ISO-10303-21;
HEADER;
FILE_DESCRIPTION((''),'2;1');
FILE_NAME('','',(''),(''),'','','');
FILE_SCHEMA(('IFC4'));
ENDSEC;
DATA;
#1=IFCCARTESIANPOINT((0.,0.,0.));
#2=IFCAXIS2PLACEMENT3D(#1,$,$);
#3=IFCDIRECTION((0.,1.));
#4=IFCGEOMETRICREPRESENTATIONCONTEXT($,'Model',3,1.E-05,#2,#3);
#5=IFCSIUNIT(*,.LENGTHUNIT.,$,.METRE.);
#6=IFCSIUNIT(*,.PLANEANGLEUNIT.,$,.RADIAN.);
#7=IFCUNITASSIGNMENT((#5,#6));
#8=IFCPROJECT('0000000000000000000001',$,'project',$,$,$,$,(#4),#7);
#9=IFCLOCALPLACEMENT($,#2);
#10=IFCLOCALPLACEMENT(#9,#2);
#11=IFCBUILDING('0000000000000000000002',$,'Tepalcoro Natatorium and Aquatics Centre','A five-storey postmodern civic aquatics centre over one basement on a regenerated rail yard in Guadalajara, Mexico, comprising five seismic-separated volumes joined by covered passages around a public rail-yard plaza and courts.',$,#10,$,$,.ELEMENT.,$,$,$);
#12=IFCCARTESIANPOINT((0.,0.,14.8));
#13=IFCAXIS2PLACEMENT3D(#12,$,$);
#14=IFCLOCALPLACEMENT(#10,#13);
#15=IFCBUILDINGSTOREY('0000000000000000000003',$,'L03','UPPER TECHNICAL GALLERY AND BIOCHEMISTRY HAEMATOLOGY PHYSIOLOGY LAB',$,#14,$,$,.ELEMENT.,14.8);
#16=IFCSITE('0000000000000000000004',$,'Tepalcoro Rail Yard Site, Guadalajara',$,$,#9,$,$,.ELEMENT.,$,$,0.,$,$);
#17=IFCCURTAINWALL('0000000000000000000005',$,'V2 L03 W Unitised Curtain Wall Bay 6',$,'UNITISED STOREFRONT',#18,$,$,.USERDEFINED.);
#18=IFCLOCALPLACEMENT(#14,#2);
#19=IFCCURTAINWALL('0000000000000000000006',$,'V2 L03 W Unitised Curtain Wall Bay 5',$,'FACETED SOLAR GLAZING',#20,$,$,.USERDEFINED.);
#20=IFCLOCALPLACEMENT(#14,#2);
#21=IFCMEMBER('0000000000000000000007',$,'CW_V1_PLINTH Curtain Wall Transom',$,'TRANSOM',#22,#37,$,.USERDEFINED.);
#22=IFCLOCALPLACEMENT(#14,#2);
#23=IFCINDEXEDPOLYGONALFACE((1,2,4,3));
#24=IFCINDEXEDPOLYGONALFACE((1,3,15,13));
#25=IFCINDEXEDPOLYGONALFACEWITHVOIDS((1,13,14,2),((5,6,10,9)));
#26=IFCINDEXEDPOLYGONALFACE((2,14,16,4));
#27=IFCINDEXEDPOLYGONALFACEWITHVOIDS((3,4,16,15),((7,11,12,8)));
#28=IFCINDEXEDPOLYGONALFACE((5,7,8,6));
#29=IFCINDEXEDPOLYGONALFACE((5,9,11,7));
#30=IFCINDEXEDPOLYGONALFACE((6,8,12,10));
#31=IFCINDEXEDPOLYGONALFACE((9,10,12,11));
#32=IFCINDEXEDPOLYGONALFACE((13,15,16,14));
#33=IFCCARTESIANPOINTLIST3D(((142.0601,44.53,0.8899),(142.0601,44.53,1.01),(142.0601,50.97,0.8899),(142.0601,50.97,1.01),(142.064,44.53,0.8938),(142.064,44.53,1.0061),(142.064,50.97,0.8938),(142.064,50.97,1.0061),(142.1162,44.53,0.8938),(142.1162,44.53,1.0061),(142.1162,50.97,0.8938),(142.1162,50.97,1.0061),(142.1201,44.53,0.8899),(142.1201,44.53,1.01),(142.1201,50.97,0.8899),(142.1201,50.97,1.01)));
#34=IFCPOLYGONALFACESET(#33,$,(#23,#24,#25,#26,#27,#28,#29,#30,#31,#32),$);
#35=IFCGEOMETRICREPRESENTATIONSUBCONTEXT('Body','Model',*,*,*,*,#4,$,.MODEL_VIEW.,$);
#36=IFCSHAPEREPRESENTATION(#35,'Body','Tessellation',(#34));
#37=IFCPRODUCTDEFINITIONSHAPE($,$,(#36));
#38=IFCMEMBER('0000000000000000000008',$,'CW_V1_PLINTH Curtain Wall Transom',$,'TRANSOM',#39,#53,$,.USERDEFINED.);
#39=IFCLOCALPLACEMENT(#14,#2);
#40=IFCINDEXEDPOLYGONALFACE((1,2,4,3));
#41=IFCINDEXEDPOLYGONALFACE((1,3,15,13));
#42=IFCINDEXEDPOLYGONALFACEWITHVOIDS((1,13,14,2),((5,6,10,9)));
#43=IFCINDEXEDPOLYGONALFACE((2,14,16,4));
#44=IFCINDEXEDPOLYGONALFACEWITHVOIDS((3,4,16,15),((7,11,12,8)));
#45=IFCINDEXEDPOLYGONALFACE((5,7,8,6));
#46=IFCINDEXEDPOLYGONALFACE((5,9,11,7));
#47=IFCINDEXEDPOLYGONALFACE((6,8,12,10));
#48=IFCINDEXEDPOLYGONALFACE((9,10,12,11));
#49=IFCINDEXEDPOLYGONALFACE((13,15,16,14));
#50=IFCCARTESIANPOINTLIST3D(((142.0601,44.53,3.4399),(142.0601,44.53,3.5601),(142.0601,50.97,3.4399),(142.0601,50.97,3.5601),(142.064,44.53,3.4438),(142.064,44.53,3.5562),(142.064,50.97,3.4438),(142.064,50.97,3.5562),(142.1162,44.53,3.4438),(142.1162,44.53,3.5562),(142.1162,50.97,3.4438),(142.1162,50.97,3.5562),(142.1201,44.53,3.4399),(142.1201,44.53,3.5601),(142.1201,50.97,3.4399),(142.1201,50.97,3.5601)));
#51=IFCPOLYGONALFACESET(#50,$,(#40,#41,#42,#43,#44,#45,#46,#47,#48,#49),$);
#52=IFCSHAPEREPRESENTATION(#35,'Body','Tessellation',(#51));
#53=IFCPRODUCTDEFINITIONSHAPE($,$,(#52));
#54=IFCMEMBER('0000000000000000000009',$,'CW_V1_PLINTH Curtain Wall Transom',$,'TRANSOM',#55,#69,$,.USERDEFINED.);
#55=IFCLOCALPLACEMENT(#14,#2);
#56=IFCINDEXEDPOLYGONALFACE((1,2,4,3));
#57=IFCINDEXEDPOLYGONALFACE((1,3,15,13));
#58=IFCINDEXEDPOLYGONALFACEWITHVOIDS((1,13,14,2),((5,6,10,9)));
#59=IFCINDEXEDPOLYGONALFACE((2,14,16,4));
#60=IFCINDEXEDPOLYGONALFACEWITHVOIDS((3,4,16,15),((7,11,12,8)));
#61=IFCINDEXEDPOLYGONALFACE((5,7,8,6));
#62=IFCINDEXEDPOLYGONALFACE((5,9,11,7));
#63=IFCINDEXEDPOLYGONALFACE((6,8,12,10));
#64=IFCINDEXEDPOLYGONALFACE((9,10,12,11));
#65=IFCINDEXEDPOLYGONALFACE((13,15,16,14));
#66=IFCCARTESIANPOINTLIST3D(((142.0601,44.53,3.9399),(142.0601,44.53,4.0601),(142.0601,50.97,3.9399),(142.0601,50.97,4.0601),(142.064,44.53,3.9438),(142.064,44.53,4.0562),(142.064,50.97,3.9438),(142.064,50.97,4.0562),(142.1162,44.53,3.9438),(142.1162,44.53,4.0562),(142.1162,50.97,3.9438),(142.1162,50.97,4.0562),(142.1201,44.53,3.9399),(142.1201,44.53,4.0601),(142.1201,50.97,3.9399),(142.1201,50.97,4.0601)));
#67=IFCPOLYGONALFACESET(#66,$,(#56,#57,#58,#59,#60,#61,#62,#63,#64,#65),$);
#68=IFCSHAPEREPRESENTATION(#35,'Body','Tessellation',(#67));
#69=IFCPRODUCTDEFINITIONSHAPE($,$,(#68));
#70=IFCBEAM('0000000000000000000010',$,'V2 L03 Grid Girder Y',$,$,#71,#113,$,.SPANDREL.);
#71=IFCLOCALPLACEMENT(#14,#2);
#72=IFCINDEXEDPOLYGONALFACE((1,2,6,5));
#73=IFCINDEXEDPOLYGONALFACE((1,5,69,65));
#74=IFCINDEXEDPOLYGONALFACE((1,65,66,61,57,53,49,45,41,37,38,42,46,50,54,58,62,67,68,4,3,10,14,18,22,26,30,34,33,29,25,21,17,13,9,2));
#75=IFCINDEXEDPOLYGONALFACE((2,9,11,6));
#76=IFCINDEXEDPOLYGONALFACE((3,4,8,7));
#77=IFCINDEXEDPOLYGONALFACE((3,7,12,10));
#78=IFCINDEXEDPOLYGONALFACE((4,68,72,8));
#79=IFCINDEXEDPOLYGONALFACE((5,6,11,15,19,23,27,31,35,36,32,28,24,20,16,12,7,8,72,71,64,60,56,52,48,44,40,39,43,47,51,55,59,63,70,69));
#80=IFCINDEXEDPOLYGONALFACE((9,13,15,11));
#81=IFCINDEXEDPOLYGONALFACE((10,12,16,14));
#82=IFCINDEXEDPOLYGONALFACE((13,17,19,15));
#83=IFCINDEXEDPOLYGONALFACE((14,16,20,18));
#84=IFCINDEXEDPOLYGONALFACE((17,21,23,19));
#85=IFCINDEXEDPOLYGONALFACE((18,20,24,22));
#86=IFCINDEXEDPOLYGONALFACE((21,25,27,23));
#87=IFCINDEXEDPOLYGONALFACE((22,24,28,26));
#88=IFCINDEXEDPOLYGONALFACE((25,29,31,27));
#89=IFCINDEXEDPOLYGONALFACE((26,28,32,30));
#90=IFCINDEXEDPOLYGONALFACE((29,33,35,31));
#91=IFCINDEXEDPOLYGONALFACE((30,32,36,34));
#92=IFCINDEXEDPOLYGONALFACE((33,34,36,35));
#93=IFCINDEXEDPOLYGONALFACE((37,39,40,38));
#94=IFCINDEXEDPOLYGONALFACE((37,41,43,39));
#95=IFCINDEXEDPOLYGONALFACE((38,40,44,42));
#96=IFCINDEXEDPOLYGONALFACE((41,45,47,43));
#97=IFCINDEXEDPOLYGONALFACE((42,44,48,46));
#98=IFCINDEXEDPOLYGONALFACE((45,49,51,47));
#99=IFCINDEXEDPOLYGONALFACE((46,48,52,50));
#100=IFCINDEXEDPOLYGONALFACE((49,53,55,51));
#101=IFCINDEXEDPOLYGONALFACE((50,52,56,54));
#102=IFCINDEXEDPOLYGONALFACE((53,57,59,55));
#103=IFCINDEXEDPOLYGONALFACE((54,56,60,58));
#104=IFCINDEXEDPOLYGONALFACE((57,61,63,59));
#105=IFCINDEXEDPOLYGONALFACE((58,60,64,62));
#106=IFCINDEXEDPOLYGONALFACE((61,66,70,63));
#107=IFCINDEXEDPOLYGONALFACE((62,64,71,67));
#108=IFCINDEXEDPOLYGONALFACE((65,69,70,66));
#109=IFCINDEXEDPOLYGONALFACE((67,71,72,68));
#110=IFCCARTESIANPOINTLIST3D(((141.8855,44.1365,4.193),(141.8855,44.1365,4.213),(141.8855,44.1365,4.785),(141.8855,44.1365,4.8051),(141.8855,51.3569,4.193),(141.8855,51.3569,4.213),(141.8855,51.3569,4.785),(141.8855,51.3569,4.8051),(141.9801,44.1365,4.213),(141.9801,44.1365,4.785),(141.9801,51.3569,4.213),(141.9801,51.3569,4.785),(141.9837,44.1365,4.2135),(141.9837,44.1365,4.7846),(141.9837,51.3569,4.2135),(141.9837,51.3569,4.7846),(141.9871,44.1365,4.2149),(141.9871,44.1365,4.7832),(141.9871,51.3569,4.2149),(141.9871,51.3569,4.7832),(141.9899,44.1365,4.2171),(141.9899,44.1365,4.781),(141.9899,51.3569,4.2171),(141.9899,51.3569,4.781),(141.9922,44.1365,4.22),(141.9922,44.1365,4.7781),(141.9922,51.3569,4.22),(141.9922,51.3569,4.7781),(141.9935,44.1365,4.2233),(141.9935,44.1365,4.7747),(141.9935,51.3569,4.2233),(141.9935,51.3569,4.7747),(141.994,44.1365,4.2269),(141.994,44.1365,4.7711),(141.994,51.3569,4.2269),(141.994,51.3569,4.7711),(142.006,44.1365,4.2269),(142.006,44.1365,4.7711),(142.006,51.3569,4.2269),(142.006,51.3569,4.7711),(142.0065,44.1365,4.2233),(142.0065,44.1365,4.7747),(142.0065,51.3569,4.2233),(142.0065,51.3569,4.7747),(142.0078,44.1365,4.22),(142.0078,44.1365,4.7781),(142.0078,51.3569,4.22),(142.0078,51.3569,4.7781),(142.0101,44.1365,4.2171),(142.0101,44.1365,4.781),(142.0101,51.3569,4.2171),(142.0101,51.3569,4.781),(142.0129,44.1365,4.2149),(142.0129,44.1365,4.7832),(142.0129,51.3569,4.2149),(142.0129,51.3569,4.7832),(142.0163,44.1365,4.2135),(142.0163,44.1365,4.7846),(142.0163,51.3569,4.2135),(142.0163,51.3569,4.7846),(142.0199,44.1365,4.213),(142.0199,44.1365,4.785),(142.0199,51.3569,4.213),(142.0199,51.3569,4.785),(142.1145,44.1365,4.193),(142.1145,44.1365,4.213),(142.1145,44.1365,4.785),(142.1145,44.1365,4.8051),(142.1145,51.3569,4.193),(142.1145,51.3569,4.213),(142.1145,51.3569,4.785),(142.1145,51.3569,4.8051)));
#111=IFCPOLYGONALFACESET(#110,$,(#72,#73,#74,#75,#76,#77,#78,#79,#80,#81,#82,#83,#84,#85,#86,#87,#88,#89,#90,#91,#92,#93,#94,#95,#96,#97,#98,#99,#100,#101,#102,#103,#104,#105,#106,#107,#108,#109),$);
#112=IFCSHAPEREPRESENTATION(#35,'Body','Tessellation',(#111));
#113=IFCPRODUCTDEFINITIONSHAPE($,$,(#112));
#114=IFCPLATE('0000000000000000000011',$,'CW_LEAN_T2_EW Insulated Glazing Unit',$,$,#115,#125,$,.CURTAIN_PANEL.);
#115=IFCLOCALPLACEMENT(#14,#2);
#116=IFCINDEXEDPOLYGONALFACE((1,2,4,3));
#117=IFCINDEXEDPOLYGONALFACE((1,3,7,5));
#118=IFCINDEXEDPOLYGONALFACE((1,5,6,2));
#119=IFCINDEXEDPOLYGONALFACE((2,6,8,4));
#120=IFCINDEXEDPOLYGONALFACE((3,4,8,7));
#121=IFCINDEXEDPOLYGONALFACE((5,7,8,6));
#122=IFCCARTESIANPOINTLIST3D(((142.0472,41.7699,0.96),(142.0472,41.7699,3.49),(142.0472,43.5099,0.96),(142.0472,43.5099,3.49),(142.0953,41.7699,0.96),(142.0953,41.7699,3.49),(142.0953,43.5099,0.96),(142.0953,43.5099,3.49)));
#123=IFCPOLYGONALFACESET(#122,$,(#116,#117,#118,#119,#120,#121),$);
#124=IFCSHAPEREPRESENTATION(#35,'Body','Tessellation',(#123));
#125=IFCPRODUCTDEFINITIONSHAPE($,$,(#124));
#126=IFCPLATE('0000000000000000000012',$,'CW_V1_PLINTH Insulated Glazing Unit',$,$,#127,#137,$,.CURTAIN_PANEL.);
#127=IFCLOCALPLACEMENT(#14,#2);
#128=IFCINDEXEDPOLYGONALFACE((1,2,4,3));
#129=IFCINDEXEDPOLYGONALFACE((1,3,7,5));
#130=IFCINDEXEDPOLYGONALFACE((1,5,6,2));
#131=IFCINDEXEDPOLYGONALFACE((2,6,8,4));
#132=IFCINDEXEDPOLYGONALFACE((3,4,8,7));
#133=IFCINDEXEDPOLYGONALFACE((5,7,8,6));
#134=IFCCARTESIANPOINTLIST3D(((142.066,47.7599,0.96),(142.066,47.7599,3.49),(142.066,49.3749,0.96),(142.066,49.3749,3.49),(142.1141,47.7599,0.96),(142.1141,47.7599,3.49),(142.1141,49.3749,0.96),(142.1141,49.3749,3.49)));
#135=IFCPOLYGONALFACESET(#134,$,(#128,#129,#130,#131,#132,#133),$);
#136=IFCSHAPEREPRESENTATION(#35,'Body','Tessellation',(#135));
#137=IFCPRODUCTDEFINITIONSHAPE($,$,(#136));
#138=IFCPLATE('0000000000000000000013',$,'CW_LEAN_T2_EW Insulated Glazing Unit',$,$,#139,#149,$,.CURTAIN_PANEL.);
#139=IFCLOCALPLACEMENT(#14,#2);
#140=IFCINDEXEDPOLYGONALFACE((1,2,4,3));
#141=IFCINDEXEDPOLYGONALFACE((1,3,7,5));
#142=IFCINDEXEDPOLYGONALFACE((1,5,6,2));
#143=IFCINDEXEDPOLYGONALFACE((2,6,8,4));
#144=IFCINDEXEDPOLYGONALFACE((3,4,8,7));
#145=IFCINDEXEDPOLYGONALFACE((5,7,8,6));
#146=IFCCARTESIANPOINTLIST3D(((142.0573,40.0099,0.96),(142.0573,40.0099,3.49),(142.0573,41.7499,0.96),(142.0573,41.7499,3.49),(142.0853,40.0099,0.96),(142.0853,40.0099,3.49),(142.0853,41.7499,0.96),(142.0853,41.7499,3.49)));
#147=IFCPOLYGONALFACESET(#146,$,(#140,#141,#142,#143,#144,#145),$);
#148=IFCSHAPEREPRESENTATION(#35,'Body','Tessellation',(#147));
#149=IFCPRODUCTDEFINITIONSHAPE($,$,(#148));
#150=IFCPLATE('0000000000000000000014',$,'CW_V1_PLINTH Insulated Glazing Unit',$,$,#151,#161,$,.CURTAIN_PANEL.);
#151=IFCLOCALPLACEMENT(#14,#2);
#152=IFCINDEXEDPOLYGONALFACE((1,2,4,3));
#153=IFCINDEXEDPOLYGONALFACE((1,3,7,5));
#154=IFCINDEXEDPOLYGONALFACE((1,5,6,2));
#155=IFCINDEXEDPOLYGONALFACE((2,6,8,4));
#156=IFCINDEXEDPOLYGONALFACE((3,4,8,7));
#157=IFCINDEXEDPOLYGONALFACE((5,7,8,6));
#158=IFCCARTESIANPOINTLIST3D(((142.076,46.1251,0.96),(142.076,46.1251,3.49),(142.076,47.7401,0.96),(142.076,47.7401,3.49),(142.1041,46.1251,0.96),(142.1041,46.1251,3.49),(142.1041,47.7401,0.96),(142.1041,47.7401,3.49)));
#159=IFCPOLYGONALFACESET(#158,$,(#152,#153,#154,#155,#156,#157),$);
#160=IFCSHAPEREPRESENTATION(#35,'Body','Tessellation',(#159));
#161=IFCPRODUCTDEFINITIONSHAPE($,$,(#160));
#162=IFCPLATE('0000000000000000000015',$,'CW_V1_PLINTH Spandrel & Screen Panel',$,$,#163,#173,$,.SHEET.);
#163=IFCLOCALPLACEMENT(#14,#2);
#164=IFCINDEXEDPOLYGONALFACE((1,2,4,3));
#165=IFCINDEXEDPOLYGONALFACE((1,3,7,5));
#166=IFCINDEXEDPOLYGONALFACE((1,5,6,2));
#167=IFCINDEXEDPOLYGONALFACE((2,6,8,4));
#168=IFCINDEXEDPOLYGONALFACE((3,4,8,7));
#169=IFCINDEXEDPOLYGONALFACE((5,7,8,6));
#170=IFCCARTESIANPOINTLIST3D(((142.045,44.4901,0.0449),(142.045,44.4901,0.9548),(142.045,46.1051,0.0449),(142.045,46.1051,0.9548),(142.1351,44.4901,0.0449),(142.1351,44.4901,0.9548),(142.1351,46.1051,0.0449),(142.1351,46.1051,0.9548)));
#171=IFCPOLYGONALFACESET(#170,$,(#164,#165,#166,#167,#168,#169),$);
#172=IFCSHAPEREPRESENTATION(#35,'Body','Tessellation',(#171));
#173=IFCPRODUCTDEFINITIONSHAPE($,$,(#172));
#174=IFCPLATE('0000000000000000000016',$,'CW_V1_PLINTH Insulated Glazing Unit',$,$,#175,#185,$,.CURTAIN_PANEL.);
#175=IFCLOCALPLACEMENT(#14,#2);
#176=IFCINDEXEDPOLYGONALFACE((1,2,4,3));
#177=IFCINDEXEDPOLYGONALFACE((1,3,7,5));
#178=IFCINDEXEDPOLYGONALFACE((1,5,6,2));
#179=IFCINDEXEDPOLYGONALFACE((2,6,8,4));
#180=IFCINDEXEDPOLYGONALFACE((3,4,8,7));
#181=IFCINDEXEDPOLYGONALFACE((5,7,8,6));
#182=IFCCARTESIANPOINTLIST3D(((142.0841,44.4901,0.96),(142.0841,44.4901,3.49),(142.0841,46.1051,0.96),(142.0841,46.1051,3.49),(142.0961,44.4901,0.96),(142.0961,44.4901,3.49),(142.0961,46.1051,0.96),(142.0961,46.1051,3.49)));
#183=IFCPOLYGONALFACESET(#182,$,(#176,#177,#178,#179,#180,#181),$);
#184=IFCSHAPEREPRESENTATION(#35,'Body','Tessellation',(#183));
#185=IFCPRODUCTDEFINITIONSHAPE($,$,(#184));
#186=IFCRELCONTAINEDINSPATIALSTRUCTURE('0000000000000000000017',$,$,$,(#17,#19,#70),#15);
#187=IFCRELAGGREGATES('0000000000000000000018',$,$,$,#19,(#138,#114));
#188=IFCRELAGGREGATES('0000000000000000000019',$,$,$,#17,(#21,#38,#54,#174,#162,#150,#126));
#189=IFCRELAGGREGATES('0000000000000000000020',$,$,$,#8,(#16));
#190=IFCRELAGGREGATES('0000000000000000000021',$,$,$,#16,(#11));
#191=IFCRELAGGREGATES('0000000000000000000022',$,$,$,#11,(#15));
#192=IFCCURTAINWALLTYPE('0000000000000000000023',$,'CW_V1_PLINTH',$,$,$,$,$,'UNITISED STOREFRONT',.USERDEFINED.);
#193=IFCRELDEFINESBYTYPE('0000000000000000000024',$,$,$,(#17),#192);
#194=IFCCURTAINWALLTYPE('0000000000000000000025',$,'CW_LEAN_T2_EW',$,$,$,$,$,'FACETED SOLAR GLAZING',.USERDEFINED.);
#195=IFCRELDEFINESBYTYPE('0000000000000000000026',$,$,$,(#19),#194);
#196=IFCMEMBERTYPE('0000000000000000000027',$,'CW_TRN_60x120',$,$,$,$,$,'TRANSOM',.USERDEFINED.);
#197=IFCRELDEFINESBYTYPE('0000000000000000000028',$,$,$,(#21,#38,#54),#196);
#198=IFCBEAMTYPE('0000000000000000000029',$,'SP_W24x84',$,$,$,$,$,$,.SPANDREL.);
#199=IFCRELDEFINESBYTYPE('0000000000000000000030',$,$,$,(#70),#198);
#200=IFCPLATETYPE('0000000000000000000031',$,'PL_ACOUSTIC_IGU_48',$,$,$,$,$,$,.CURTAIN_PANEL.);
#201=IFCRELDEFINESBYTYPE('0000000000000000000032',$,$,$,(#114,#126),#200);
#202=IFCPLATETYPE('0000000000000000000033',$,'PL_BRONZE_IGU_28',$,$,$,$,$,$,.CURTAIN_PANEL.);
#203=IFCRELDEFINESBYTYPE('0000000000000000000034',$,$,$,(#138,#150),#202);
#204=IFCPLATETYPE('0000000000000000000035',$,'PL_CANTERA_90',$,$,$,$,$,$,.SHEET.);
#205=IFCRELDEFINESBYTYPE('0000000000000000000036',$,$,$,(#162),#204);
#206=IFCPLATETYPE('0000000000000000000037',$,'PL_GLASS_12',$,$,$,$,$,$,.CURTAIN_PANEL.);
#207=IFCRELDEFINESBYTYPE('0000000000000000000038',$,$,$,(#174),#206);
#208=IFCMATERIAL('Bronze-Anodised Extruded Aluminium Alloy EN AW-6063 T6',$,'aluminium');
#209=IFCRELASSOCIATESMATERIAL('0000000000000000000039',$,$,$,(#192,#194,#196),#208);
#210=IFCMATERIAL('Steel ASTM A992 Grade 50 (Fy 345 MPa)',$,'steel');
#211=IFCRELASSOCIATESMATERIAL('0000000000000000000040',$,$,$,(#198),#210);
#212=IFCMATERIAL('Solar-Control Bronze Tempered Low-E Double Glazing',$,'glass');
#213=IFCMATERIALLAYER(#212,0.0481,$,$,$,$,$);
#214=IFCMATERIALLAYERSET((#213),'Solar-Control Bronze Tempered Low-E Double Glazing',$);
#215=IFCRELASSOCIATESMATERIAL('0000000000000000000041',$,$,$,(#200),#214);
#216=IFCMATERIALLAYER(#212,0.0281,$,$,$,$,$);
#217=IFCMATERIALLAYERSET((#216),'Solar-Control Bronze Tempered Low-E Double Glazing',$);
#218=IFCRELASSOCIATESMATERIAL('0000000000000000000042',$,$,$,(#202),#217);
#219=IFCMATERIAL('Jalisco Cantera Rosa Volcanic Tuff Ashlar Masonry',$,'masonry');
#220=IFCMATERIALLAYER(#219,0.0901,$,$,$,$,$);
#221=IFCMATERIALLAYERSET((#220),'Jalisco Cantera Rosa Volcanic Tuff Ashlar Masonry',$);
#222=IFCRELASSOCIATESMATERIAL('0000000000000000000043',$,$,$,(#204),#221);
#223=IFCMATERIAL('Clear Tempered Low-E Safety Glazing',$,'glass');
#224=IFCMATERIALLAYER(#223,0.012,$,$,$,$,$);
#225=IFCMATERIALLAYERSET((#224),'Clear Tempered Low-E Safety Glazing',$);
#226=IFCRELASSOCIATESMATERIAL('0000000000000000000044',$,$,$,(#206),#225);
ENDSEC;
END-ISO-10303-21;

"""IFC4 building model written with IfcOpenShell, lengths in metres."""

from ifc_helpers import new_model, si_unit, direction, frame, origin, origin_2d, place, context, subcontext, project, spatial, rectangle, hollow_rectangle, i_section, extrude, material, layer, layer_set, material_profile, profile_set, type_object, element, aggregate, save


model = new_model("IFC4")

# Units and contexts
model_context = context("Model", 3, precision=1e-05, world=origin(), true_north=direction((0.0, 1.0)))
body_context = subcontext(model_context, "Body", "Model", "MODEL_VIEW")
ifc_project = project(units=[si_unit("LENGTHUNIT", "METRE"), si_unit("PLANEANGLEUNIT", "RADIAN")], contexts=[model_context])

# Site, building, storey
site_placement = place(None, origin())
site = spatial("IfcSite", under=ifc_project, at=site_placement, Name="Tepalcoro Rail Yard Site, Guadalajara", CompositionType="ELEMENT", RefElevation=0.0)
building_placement = place(site_placement, origin())
building = spatial("IfcBuilding", under=site, at=building_placement, Name="Tepalcoro Natatorium and Aquatics Centre", Description="A five-storey postmodern civic aquatics centre over one basement on a regenerated rail yard in Guadalajara, Mexico, comprising five seismic-separated volumes joined by covered passages around a public rail-yard plaza and courts.", CompositionType="ELEMENT")
storey_placement = place(building_placement, frame((0.0, 0.0, 14.8)))
storey = spatial("IfcBuildingStorey", under=building, at=storey_placement, Name="L03", Description="UPPER TECHNICAL GALLERY AND BIOCHEMISTRY HAEMATOLOGY PHYSIOLOGY LAB", CompositionType="ELEMENT", Elevation=14.8)

# Shared definitions
ifc_material_1 = material(Name="Steel ASTM A992 Grade 50 (Fy 345 MPa)", Category="steel")

# Curtain walls
ifc_material_2 = material(Name="Bronze-Anodised Extruded Aluminium Alloy EN AW-6063 T6", Category="aluminium")
curtain_wall_type_1 = type_object("IfcCurtainWallType", Name="CW_V1_PLINTH", ElementType="UNITISED STOREFRONT", PredefinedType="USERDEFINED", material=ifc_material_2)
curtain_wall_1_placement = place(storey_placement, origin())
curtain_wall_1 = element("IfcCurtainWall", 1, at=curtain_wall_1_placement, inside=storey, type_object=curtain_wall_type_1, Name="V2 L03 W Unitised Curtain Wall Bay 6", ObjectType="UNITISED STOREFRONT", PredefinedType="USERDEFINED")
curtain_wall_type_2 = type_object("IfcCurtainWallType", Name="CW_LEAN_T2_EW", ElementType="FACETED SOLAR GLAZING", PredefinedType="USERDEFINED", material=ifc_material_2)
curtain_wall_2_placement = place(storey_placement, origin())
curtain_wall_2 = element("IfcCurtainWall", 2, at=curtain_wall_2_placement, inside=storey, type_object=curtain_wall_type_2, Name="V2 L03 W Unitised Curtain Wall Bay 5", ObjectType="FACETED SOLAR GLAZING", PredefinedType="USERDEFINED")

# Members
ifc_material_profile_1 = material_profile(ifc_material_2, hollow_rectangle(XDim=0.0601, YDim=0.1201, WallThickness=0.0039, at=origin_2d()), Name="AL60X120X4")
ifc_profile_set_1 = profile_set([ifc_material_profile_1], Name="Bronze-Anodised Extruded Aluminium Alloy EN AW-6063 T6")
member_type_1 = type_object("IfcMemberType", Name="CW_TRN_60x120", ElementType="TRANSOM", PredefinedType="USERDEFINED", material=ifc_profile_set_1)
member_1_placement = place(storey_placement, frame((142.0901, 44.53, 0.95), z_axis=(0.0, 1.0, 0.0), x_axis=(-1.0, 0.0, 0.0)))
member_1 = element("IfcMember", 3, at=member_1_placement, type_object=member_type_1, Name="CW_V1_PLINTH Curtain Wall Transom", ObjectType="TRANSOM", PredefinedType="USERDEFINED", context=body_context, shape_type="SweptSolid", body=[
    extrude(hollow_rectangle(XDim=0.0601, YDim=0.1201, WallThickness=0.0039, at=origin_2d()), origin(), (0.0, 0.0, 1.0), 6.4399),
])
member_2_placement = place(storey_placement, frame((142.0901, 44.53, 3.5), z_axis=(0.0, 1.0, 0.0), x_axis=(-1.0, 0.0, 0.0)))
member_2 = element("IfcMember", 4, at=member_2_placement, type_object=member_type_1, Name="CW_V1_PLINTH Curtain Wall Transom", ObjectType="TRANSOM", PredefinedType="USERDEFINED", context=body_context, shape_type="SweptSolid", body=[
    extrude(hollow_rectangle(XDim=0.0601, YDim=0.1201, WallThickness=0.0039, at=origin_2d()), origin(), (0.0, 0.0, 1.0), 6.4399),
])
member_3_placement = place(storey_placement, frame((142.0901, 44.53, 4.0), z_axis=(0.0, 1.0, 0.0), x_axis=(-1.0, 0.0, 0.0)))
member_3 = element("IfcMember", 5, at=member_3_placement, type_object=member_type_1, Name="CW_V1_PLINTH Curtain Wall Transom", ObjectType="TRANSOM", PredefinedType="USERDEFINED", context=body_context, shape_type="SweptSolid", body=[
    extrude(hollow_rectangle(XDim=0.0601, YDim=0.1201, WallThickness=0.0039, at=origin_2d()), origin(), (0.0, 0.0, 1.0), 6.4399),
])

# Beam
ifc_material_profile_2 = material_profile(ifc_material_1, i_section(OverallWidth=0.229, OverallDepth=0.6121, WebThickness=0.012, FlangeThickness=0.02, FilletRadius=0.0139, at=origin_2d()), Name="W24X84")
ifc_profile_set_2 = profile_set([ifc_material_profile_2], Name="Steel ASTM A992 Grade 50 (Fy 345 MPa)")
beam_type = type_object("IfcBeamType", Name="SP_W24x84", PredefinedType="SPANDREL", material=ifc_profile_set_2)
beam_placement = place(storey_placement, frame((142.0, 44.1365, 4.499), z_axis=(0.0, 1.0, 0.0), x_axis=(-1.0, 0.0, 0.0)))
element("IfcBeam", 6, at=beam_placement, inside=storey, type_object=beam_type, Name="V2 L03 Grid Girder Y", PredefinedType="SPANDREL", context=body_context, shape_type="SweptSolid", body=[
    extrude(i_section(OverallWidth=0.229, OverallDepth=0.6121, WebThickness=0.012, FlangeThickness=0.02, FilletRadius=0.0139, at=origin_2d()), origin(), (0.0, 0.0, 1.0), 7.2205),
])

# Plates
ifc_material_3 = material(Name="Solar-Control Bronze Tempered Low-E Double Glazing", Category="glass")
ifc_layer_1 = layer(ifc_material_3, 0.0481)
ifc_layer_set_1 = layer_set([ifc_layer_1], Name="Solar-Control Bronze Tempered Low-E Double Glazing")
plate_type_1 = type_object("IfcPlateType", Name="PL_ACOUSTIC_IGU_48", PredefinedType="CURTAIN_PANEL", material=ifc_layer_set_1)
plate_1_placement = place(storey_placement, frame((142.0713, 42.6399, 0.96), z_axis=(0.0, 0.0, 1.0), x_axis=(1.0, 0.0, 0.0)))
plate_1 = element("IfcPlate", 7, at=plate_1_placement, type_object=plate_type_1, Name="CW_LEAN_T2_EW Insulated Glazing Unit", PredefinedType="CURTAIN_PANEL", context=body_context, shape_type="SweptSolid", body=[
    extrude(rectangle(XDim=0.0481, YDim=1.74, at=origin_2d()), origin(), (0.0, 0.0, 1.0), 2.53),
])
plate_2_placement = place(storey_placement, frame((142.0901, 48.5674, 0.96), z_axis=(0.0, 0.0, 1.0), x_axis=(1.0, 0.0, 0.0)))
plate_2 = element("IfcPlate", 8, at=plate_2_placement, type_object=plate_type_1, Name="CW_V1_PLINTH Insulated Glazing Unit", PredefinedType="CURTAIN_PANEL", context=body_context, shape_type="SweptSolid", body=[
    extrude(rectangle(XDim=0.0481, YDim=1.615, at=origin_2d()), origin(), (0.0, 0.0, 1.0), 2.53),
])
ifc_layer_2 = layer(ifc_material_3, 0.0281)
ifc_layer_set_2 = layer_set([ifc_layer_2], Name="Solar-Control Bronze Tempered Low-E Double Glazing")
plate_type_2 = type_object("IfcPlateType", Name="PL_BRONZE_IGU_28", PredefinedType="CURTAIN_PANEL", material=ifc_layer_set_2)
plate_3_placement = place(storey_placement, frame((142.0713, 40.8799, 0.96), z_axis=(0.0, 0.0, 1.0), x_axis=(1.0, 0.0, 0.0)))
plate_3 = element("IfcPlate", 9, at=plate_3_placement, type_object=plate_type_2, Name="CW_LEAN_T2_EW Insulated Glazing Unit", PredefinedType="CURTAIN_PANEL", context=body_context, shape_type="SweptSolid", body=[
    extrude(rectangle(XDim=0.0281, YDim=1.74, at=origin_2d()), origin(), (0.0, 0.0, 1.0), 2.53),
])
plate_4_placement = place(storey_placement, frame((142.0901, 46.9326, 0.96), z_axis=(0.0, 0.0, 1.0), x_axis=(1.0, 0.0, 0.0)))
plate_4 = element("IfcPlate", 10, at=plate_4_placement, type_object=plate_type_2, Name="CW_V1_PLINTH Insulated Glazing Unit", PredefinedType="CURTAIN_PANEL", context=body_context, shape_type="SweptSolid", body=[
    extrude(rectangle(XDim=0.0281, YDim=1.615, at=origin_2d()), origin(), (0.0, 0.0, 1.0), 2.53),
])
ifc_material_4 = material(Name="Jalisco Cantera Rosa Volcanic Tuff Ashlar Masonry", Category="masonry")
ifc_layer_3 = layer(ifc_material_4, 0.0901)
ifc_layer_set_3 = layer_set([ifc_layer_3], Name="Jalisco Cantera Rosa Volcanic Tuff Ashlar Masonry")
plate_type_3 = type_object("IfcPlateType", Name="PL_CANTERA_90", PredefinedType="SHEET", material=ifc_layer_set_3)
plate_5_placement = place(storey_placement, frame((142.0901, 45.2976, 0.0449), z_axis=(0.0, 0.0, 1.0), x_axis=(1.0, 0.0, 0.0)))
plate_5 = element("IfcPlate", 11, at=plate_5_placement, type_object=plate_type_3, Name="CW_V1_PLINTH Spandrel & Screen Panel", PredefinedType="SHEET", context=body_context, shape_type="SweptSolid", body=[
    extrude(rectangle(XDim=0.0901, YDim=1.615, at=origin_2d()), origin(), (0.0, 0.0, 1.0), 0.9099),
])
ifc_material_5 = material(Name="Clear Tempered Low-E Safety Glazing", Category="glass")
ifc_layer_4 = layer(ifc_material_5, 0.012)
ifc_layer_set_4 = layer_set([ifc_layer_4], Name="Clear Tempered Low-E Safety Glazing")
plate_type_4 = type_object("IfcPlateType", Name="PL_GLASS_12", PredefinedType="CURTAIN_PANEL", material=ifc_layer_set_4)
plate_6_placement = place(storey_placement, frame((142.0901, 45.2976, 0.96), z_axis=(0.0, 0.0, 1.0), x_axis=(1.0, 0.0, 0.0)))
plate_6 = element("IfcPlate", 12, at=plate_6_placement, type_object=plate_type_4, Name="CW_V1_PLINTH Insulated Glazing Unit", PredefinedType="CURTAIN_PANEL", context=body_context, shape_type="SweptSolid", body=[
    extrude(rectangle(XDim=0.012, YDim=1.615, at=origin_2d()), origin(), (0.0, 0.0, 1.0), 2.53),
])
aggregate(curtain_wall_2, [plate_3, plate_1])
aggregate(curtain_wall_1, [member_1, member_2, member_3, plate_6, plate_5, plate_4, plate_2])

save(model, "model.ifc")
